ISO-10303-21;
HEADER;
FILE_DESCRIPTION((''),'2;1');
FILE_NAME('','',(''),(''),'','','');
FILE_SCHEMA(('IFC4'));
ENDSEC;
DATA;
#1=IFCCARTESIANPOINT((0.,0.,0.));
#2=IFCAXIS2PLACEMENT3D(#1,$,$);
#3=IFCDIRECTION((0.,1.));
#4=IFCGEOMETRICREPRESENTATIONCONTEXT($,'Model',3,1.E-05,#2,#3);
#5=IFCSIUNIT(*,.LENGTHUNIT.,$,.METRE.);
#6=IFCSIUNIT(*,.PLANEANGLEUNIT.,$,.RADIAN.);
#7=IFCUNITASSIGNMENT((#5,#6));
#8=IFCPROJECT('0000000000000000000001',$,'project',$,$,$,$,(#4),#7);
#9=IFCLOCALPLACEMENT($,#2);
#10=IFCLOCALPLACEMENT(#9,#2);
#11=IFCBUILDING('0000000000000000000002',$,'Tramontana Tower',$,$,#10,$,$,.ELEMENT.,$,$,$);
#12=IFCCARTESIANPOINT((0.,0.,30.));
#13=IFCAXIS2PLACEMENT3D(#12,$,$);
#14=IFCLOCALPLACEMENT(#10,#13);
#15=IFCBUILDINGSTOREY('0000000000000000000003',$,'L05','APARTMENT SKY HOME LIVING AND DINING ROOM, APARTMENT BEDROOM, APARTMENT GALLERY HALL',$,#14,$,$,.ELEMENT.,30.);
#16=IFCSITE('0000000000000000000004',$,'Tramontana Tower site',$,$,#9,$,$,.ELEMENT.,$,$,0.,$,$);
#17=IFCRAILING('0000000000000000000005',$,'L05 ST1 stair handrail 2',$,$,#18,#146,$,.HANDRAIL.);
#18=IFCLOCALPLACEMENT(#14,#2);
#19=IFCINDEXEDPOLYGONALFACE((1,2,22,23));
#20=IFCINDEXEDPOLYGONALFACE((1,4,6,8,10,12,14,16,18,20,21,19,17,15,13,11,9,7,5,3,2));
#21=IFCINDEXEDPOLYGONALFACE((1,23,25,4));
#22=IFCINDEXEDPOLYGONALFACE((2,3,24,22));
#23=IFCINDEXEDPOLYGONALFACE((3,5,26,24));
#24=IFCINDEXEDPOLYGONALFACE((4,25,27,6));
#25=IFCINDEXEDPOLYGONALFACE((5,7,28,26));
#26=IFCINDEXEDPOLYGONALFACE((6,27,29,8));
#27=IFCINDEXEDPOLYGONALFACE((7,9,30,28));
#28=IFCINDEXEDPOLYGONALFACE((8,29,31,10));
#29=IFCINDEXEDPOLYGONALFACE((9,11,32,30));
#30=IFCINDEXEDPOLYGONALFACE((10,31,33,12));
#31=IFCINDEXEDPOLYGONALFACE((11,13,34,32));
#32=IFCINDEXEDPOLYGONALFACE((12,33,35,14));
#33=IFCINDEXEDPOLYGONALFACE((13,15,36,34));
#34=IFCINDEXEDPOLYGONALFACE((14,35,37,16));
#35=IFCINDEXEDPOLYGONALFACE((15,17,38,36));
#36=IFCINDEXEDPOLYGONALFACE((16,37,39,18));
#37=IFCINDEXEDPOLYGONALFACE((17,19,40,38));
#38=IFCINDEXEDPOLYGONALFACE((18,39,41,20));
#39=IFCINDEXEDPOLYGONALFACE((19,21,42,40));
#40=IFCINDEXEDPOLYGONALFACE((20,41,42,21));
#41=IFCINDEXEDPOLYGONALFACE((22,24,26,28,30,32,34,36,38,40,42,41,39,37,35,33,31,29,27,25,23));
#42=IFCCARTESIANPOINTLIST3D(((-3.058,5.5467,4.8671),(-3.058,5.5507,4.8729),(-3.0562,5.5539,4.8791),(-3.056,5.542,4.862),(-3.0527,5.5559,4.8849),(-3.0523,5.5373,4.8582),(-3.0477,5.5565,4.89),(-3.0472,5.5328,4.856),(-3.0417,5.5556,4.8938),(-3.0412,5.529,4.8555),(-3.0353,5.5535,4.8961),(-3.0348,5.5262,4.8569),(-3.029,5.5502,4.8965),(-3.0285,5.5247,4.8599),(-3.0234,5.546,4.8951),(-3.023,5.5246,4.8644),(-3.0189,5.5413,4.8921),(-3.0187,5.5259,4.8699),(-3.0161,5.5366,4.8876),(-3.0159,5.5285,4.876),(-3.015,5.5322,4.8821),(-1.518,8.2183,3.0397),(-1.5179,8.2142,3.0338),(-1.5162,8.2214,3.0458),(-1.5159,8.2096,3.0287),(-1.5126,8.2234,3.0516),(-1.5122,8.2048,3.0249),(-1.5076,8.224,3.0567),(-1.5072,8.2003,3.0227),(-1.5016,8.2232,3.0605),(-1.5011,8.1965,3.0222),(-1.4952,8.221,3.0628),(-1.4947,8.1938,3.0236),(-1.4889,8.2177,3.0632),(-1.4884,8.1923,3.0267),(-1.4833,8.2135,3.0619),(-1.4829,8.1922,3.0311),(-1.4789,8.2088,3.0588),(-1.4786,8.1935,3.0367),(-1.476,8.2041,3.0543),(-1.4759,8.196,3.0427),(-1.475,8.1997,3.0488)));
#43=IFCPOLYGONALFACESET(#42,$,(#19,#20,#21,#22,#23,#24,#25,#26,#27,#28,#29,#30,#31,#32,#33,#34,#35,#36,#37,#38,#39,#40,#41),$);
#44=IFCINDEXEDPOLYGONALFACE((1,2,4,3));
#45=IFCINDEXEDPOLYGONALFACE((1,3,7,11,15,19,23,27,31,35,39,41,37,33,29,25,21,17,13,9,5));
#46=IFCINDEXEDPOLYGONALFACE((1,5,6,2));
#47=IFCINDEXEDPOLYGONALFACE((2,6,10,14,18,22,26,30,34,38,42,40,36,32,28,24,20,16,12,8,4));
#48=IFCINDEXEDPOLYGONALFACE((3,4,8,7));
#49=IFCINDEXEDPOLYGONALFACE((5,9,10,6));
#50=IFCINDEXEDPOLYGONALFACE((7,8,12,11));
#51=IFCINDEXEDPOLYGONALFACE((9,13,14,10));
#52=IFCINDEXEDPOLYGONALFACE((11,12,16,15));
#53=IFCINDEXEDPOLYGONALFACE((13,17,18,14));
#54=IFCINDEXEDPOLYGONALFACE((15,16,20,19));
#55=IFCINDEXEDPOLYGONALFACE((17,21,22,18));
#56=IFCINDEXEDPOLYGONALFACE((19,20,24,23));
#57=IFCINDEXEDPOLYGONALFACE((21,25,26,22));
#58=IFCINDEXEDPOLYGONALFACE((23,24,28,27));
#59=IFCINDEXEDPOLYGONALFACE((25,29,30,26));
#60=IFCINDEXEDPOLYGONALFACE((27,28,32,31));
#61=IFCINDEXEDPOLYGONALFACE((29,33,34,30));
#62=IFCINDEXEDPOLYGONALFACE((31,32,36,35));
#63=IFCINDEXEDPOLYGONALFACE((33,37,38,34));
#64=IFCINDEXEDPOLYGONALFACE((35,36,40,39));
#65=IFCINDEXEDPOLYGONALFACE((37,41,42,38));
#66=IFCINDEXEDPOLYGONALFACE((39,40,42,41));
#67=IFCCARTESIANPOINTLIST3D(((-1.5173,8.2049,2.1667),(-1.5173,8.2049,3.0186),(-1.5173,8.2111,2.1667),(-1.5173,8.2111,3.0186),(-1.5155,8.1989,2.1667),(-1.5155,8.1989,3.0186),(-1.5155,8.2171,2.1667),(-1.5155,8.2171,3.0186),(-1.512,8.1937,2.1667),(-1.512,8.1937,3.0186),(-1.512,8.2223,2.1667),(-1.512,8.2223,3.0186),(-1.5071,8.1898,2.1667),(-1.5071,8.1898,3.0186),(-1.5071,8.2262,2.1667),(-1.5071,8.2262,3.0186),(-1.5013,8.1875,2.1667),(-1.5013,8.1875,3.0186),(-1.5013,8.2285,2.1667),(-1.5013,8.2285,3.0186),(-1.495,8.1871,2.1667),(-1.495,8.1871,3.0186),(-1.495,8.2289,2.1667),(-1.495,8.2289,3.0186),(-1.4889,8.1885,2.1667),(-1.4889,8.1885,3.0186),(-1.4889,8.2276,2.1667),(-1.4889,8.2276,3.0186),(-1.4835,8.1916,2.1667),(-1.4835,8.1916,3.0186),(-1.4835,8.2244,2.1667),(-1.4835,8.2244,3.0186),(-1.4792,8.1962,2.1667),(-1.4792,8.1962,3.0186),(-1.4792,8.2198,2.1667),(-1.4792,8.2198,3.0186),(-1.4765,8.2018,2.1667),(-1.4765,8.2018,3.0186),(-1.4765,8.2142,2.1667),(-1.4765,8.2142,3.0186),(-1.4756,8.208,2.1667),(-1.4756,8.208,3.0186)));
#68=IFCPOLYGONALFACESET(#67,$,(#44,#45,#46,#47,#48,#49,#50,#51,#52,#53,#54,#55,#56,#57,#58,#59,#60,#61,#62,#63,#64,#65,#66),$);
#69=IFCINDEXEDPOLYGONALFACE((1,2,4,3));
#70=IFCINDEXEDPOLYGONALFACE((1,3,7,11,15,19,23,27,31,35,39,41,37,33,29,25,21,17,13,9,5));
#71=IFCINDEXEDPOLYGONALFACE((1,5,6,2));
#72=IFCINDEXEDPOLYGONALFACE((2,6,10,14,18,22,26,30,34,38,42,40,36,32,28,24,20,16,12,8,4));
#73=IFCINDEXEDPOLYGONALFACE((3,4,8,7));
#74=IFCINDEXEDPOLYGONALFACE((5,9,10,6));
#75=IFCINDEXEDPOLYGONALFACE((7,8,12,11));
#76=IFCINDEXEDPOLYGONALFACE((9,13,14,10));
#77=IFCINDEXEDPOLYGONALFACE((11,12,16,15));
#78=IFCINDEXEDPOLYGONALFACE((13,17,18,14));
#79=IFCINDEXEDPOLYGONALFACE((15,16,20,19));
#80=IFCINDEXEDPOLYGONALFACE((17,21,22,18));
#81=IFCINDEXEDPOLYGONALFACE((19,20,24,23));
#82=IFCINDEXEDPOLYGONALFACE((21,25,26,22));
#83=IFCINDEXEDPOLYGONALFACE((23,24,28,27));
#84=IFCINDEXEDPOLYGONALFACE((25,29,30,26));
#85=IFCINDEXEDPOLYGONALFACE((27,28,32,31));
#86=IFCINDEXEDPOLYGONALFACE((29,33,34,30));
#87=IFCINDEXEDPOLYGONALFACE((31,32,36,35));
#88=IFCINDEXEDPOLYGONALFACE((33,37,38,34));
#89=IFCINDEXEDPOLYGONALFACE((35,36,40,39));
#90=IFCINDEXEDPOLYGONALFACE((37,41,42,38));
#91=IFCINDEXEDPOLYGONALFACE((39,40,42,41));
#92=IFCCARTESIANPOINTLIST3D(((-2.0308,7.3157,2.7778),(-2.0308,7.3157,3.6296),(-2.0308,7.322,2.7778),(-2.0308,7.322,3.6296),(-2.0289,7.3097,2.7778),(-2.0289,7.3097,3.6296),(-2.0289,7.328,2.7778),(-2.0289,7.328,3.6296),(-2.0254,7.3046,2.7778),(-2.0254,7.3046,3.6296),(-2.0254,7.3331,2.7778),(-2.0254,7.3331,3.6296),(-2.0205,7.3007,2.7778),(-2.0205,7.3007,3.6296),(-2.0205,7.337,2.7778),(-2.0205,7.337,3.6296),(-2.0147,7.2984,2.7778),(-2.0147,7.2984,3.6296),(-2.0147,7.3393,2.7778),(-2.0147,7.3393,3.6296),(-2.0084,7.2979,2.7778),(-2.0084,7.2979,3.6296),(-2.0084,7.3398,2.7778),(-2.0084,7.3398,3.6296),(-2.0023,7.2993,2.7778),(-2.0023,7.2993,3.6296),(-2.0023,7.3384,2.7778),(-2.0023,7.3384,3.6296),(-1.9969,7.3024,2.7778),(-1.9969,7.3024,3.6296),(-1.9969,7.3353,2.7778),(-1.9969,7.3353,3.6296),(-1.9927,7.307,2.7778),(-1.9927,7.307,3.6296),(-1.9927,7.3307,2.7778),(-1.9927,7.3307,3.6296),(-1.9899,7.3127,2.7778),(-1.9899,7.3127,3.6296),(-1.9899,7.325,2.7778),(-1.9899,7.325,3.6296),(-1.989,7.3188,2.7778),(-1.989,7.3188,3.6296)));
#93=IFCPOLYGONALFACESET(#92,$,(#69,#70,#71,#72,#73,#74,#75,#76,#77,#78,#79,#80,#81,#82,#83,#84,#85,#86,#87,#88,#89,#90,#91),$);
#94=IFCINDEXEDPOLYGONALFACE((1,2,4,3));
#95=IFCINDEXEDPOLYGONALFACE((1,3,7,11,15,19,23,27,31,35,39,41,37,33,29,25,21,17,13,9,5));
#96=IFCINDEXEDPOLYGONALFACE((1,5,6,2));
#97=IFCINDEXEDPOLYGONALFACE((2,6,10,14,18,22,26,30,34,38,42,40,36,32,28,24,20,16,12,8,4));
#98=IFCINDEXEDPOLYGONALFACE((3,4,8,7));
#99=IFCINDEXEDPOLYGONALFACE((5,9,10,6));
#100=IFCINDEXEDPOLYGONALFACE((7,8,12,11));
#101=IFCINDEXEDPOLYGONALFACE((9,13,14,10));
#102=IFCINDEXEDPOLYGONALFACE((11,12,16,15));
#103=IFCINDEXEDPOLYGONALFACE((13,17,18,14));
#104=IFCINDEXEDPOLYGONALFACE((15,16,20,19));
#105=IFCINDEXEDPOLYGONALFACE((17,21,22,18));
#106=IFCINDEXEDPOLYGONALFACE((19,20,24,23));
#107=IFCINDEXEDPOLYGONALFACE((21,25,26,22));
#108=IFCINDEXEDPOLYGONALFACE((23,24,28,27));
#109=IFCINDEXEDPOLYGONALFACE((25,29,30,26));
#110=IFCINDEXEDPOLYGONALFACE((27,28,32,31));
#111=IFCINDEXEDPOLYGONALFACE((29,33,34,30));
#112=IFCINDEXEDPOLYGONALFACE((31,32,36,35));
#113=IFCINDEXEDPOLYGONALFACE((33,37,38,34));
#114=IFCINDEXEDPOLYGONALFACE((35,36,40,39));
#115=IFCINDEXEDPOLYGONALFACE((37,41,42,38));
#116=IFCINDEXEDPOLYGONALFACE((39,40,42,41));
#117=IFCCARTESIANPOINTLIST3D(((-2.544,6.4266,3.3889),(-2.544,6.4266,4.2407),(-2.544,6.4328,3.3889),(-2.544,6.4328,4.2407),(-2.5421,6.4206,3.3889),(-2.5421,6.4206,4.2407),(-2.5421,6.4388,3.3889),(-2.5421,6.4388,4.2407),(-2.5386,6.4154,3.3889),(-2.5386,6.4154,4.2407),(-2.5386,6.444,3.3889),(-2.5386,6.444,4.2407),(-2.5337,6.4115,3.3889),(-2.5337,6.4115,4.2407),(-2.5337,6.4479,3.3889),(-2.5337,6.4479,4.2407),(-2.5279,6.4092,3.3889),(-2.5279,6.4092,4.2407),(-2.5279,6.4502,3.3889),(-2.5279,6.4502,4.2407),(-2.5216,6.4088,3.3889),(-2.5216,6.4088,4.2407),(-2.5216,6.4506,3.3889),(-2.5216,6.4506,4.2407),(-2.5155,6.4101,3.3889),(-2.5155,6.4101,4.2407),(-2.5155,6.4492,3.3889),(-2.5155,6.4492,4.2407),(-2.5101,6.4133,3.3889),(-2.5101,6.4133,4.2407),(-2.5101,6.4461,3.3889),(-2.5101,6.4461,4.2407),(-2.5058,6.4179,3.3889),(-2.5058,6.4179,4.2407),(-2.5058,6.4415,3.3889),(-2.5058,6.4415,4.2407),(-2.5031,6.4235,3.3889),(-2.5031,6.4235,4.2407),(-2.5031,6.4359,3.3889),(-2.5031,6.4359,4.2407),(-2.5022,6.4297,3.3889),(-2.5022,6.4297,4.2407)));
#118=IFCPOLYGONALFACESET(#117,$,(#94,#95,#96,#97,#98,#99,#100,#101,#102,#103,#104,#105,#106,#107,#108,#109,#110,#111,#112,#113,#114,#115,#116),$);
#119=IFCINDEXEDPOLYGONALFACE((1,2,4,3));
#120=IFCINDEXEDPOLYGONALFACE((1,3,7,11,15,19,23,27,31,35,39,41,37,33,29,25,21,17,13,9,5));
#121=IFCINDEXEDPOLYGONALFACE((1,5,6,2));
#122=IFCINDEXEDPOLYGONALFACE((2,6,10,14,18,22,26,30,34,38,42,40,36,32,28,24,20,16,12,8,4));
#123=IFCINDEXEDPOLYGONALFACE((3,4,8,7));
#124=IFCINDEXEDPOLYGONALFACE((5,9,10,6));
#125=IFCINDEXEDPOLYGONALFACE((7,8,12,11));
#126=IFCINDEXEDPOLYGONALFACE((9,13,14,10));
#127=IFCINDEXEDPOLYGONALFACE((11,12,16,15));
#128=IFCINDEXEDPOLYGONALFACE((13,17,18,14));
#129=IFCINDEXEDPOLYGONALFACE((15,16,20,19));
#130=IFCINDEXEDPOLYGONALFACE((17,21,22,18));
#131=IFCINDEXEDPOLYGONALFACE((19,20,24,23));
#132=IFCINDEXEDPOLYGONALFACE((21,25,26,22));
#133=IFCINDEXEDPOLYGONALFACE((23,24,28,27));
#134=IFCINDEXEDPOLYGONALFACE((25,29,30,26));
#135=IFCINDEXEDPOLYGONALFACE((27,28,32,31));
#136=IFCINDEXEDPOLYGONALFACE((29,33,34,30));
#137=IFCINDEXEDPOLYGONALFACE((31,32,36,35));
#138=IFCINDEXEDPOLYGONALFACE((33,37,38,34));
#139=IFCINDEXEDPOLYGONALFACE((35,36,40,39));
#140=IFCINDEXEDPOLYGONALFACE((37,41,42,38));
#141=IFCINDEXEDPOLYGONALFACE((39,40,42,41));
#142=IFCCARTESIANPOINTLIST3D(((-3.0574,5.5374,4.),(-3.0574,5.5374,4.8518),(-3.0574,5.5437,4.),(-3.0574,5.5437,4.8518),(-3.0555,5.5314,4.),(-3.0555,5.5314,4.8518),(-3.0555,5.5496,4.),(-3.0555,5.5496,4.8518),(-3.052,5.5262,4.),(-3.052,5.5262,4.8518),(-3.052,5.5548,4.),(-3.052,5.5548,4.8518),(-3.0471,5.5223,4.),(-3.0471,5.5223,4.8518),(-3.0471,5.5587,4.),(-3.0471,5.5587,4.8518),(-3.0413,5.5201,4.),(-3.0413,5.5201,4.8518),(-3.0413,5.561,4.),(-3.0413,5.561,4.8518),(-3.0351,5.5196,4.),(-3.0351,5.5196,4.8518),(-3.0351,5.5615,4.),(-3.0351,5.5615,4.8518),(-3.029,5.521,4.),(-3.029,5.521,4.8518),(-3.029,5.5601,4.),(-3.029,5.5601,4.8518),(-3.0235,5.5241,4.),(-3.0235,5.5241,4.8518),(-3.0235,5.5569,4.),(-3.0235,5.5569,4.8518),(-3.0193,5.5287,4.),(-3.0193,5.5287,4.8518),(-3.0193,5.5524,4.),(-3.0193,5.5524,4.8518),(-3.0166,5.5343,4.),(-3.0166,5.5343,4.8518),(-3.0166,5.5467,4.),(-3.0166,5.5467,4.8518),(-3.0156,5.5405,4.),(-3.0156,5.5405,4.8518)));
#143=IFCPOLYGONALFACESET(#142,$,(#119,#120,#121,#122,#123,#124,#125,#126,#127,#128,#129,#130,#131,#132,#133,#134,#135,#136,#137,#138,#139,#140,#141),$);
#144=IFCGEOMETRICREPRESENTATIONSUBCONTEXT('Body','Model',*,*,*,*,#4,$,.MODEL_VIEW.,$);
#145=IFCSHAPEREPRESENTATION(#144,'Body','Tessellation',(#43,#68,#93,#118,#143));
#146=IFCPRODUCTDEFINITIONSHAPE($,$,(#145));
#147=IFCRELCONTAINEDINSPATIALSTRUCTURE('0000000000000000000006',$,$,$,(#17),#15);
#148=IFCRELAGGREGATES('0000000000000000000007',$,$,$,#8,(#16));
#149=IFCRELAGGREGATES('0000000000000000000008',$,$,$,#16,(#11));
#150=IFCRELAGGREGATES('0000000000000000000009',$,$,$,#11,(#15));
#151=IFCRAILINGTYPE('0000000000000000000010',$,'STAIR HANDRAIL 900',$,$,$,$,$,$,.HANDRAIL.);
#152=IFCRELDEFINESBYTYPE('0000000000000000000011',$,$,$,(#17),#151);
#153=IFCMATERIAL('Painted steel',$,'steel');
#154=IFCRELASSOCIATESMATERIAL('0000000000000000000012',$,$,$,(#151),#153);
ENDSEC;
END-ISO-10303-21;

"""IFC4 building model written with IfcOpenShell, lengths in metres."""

from ifc_helpers import new_model, si_unit, direction, frame, origin, origin_2d, place, context, subcontext, project, spatial, circle, extrude, material, type_object, element, save


model = new_model("IFC4")

# Units and contexts
model_context = context("Model", 3, precision=1e-05, world=origin(), true_north=direction((0.0, 1.0)))
body_context = subcontext(model_context, "Body", "Model", "MODEL_VIEW")
ifc_project = project(units=[si_unit("LENGTHUNIT", "METRE"), si_unit("PLANEANGLEUNIT", "RADIAN")], contexts=[model_context])

# Site, building, storey
site_placement = place(None, origin())
site = spatial("IfcSite", under=ifc_project, at=site_placement, Name="Tramontana Tower site", CompositionType="ELEMENT", RefElevation=0.0)
building_placement = place(site_placement, origin())
building = spatial("IfcBuilding", under=site, at=building_placement, Name="Tramontana Tower", CompositionType="ELEMENT")
storey_placement = place(building_placement, frame((0.0, 0.0, 30.0)))
storey = spatial("IfcBuildingStorey", under=building, at=storey_placement, Name="L05", Description="APARTMENT SKY HOME LIVING AND DINING ROOM, APARTMENT BEDROOM, APARTMENT GALLERY HALL", CompositionType="ELEMENT", Elevation=30.0)

# Railing
ifc_material_1 = material(Name="Painted steel", Category="steel")
railing_type = type_object("IfcRailingType", Name="STAIR HANDRAIL 900", PredefinedType="HANDRAIL", material=ifc_material_1)
railing_placement = place(storey_placement, frame((-1.4966, 8.208, 2.1667)))
element("IfcRailing", 1, at=railing_placement, inside=storey, type_object=railing_type, Name="L05 ST1 stair handrail 2", PredefinedType="HANDRAIL", context=body_context, shape_type="SweptSolid", body=[
    extrude(circle(Radius=0.0239, at=origin_2d()), frame((0.0, 0.0, 0.876), z_axis=(-0.429649, -0.74419, 0.511452), x_axis=(0.86603, -0.499992, 0.0)), (0.0, 0.0, 1.0), 3.5845),
    extrude(circle(Radius=0.021, at=origin_2d()), origin(), (0.0, 0.0, 1.0), 0.8518),
    extrude(circle(Radius=0.021, at=origin_2d()), frame((-0.5134, -0.8892, 0.6111)), (0.0, 0.0, 1.0), 0.8518),
    extrude(circle(Radius=0.021, at=origin_2d()), frame((-1.0266, -1.7783, 1.2222)), (0.0, 0.0, 1.0), 0.8518),
    extrude(circle(Radius=0.021, at=origin_2d()), frame((-1.54, -2.6675, 1.8333)), (0.0, 0.0, 1.0), 0.8518),
])

save(model, "model.ifc")
